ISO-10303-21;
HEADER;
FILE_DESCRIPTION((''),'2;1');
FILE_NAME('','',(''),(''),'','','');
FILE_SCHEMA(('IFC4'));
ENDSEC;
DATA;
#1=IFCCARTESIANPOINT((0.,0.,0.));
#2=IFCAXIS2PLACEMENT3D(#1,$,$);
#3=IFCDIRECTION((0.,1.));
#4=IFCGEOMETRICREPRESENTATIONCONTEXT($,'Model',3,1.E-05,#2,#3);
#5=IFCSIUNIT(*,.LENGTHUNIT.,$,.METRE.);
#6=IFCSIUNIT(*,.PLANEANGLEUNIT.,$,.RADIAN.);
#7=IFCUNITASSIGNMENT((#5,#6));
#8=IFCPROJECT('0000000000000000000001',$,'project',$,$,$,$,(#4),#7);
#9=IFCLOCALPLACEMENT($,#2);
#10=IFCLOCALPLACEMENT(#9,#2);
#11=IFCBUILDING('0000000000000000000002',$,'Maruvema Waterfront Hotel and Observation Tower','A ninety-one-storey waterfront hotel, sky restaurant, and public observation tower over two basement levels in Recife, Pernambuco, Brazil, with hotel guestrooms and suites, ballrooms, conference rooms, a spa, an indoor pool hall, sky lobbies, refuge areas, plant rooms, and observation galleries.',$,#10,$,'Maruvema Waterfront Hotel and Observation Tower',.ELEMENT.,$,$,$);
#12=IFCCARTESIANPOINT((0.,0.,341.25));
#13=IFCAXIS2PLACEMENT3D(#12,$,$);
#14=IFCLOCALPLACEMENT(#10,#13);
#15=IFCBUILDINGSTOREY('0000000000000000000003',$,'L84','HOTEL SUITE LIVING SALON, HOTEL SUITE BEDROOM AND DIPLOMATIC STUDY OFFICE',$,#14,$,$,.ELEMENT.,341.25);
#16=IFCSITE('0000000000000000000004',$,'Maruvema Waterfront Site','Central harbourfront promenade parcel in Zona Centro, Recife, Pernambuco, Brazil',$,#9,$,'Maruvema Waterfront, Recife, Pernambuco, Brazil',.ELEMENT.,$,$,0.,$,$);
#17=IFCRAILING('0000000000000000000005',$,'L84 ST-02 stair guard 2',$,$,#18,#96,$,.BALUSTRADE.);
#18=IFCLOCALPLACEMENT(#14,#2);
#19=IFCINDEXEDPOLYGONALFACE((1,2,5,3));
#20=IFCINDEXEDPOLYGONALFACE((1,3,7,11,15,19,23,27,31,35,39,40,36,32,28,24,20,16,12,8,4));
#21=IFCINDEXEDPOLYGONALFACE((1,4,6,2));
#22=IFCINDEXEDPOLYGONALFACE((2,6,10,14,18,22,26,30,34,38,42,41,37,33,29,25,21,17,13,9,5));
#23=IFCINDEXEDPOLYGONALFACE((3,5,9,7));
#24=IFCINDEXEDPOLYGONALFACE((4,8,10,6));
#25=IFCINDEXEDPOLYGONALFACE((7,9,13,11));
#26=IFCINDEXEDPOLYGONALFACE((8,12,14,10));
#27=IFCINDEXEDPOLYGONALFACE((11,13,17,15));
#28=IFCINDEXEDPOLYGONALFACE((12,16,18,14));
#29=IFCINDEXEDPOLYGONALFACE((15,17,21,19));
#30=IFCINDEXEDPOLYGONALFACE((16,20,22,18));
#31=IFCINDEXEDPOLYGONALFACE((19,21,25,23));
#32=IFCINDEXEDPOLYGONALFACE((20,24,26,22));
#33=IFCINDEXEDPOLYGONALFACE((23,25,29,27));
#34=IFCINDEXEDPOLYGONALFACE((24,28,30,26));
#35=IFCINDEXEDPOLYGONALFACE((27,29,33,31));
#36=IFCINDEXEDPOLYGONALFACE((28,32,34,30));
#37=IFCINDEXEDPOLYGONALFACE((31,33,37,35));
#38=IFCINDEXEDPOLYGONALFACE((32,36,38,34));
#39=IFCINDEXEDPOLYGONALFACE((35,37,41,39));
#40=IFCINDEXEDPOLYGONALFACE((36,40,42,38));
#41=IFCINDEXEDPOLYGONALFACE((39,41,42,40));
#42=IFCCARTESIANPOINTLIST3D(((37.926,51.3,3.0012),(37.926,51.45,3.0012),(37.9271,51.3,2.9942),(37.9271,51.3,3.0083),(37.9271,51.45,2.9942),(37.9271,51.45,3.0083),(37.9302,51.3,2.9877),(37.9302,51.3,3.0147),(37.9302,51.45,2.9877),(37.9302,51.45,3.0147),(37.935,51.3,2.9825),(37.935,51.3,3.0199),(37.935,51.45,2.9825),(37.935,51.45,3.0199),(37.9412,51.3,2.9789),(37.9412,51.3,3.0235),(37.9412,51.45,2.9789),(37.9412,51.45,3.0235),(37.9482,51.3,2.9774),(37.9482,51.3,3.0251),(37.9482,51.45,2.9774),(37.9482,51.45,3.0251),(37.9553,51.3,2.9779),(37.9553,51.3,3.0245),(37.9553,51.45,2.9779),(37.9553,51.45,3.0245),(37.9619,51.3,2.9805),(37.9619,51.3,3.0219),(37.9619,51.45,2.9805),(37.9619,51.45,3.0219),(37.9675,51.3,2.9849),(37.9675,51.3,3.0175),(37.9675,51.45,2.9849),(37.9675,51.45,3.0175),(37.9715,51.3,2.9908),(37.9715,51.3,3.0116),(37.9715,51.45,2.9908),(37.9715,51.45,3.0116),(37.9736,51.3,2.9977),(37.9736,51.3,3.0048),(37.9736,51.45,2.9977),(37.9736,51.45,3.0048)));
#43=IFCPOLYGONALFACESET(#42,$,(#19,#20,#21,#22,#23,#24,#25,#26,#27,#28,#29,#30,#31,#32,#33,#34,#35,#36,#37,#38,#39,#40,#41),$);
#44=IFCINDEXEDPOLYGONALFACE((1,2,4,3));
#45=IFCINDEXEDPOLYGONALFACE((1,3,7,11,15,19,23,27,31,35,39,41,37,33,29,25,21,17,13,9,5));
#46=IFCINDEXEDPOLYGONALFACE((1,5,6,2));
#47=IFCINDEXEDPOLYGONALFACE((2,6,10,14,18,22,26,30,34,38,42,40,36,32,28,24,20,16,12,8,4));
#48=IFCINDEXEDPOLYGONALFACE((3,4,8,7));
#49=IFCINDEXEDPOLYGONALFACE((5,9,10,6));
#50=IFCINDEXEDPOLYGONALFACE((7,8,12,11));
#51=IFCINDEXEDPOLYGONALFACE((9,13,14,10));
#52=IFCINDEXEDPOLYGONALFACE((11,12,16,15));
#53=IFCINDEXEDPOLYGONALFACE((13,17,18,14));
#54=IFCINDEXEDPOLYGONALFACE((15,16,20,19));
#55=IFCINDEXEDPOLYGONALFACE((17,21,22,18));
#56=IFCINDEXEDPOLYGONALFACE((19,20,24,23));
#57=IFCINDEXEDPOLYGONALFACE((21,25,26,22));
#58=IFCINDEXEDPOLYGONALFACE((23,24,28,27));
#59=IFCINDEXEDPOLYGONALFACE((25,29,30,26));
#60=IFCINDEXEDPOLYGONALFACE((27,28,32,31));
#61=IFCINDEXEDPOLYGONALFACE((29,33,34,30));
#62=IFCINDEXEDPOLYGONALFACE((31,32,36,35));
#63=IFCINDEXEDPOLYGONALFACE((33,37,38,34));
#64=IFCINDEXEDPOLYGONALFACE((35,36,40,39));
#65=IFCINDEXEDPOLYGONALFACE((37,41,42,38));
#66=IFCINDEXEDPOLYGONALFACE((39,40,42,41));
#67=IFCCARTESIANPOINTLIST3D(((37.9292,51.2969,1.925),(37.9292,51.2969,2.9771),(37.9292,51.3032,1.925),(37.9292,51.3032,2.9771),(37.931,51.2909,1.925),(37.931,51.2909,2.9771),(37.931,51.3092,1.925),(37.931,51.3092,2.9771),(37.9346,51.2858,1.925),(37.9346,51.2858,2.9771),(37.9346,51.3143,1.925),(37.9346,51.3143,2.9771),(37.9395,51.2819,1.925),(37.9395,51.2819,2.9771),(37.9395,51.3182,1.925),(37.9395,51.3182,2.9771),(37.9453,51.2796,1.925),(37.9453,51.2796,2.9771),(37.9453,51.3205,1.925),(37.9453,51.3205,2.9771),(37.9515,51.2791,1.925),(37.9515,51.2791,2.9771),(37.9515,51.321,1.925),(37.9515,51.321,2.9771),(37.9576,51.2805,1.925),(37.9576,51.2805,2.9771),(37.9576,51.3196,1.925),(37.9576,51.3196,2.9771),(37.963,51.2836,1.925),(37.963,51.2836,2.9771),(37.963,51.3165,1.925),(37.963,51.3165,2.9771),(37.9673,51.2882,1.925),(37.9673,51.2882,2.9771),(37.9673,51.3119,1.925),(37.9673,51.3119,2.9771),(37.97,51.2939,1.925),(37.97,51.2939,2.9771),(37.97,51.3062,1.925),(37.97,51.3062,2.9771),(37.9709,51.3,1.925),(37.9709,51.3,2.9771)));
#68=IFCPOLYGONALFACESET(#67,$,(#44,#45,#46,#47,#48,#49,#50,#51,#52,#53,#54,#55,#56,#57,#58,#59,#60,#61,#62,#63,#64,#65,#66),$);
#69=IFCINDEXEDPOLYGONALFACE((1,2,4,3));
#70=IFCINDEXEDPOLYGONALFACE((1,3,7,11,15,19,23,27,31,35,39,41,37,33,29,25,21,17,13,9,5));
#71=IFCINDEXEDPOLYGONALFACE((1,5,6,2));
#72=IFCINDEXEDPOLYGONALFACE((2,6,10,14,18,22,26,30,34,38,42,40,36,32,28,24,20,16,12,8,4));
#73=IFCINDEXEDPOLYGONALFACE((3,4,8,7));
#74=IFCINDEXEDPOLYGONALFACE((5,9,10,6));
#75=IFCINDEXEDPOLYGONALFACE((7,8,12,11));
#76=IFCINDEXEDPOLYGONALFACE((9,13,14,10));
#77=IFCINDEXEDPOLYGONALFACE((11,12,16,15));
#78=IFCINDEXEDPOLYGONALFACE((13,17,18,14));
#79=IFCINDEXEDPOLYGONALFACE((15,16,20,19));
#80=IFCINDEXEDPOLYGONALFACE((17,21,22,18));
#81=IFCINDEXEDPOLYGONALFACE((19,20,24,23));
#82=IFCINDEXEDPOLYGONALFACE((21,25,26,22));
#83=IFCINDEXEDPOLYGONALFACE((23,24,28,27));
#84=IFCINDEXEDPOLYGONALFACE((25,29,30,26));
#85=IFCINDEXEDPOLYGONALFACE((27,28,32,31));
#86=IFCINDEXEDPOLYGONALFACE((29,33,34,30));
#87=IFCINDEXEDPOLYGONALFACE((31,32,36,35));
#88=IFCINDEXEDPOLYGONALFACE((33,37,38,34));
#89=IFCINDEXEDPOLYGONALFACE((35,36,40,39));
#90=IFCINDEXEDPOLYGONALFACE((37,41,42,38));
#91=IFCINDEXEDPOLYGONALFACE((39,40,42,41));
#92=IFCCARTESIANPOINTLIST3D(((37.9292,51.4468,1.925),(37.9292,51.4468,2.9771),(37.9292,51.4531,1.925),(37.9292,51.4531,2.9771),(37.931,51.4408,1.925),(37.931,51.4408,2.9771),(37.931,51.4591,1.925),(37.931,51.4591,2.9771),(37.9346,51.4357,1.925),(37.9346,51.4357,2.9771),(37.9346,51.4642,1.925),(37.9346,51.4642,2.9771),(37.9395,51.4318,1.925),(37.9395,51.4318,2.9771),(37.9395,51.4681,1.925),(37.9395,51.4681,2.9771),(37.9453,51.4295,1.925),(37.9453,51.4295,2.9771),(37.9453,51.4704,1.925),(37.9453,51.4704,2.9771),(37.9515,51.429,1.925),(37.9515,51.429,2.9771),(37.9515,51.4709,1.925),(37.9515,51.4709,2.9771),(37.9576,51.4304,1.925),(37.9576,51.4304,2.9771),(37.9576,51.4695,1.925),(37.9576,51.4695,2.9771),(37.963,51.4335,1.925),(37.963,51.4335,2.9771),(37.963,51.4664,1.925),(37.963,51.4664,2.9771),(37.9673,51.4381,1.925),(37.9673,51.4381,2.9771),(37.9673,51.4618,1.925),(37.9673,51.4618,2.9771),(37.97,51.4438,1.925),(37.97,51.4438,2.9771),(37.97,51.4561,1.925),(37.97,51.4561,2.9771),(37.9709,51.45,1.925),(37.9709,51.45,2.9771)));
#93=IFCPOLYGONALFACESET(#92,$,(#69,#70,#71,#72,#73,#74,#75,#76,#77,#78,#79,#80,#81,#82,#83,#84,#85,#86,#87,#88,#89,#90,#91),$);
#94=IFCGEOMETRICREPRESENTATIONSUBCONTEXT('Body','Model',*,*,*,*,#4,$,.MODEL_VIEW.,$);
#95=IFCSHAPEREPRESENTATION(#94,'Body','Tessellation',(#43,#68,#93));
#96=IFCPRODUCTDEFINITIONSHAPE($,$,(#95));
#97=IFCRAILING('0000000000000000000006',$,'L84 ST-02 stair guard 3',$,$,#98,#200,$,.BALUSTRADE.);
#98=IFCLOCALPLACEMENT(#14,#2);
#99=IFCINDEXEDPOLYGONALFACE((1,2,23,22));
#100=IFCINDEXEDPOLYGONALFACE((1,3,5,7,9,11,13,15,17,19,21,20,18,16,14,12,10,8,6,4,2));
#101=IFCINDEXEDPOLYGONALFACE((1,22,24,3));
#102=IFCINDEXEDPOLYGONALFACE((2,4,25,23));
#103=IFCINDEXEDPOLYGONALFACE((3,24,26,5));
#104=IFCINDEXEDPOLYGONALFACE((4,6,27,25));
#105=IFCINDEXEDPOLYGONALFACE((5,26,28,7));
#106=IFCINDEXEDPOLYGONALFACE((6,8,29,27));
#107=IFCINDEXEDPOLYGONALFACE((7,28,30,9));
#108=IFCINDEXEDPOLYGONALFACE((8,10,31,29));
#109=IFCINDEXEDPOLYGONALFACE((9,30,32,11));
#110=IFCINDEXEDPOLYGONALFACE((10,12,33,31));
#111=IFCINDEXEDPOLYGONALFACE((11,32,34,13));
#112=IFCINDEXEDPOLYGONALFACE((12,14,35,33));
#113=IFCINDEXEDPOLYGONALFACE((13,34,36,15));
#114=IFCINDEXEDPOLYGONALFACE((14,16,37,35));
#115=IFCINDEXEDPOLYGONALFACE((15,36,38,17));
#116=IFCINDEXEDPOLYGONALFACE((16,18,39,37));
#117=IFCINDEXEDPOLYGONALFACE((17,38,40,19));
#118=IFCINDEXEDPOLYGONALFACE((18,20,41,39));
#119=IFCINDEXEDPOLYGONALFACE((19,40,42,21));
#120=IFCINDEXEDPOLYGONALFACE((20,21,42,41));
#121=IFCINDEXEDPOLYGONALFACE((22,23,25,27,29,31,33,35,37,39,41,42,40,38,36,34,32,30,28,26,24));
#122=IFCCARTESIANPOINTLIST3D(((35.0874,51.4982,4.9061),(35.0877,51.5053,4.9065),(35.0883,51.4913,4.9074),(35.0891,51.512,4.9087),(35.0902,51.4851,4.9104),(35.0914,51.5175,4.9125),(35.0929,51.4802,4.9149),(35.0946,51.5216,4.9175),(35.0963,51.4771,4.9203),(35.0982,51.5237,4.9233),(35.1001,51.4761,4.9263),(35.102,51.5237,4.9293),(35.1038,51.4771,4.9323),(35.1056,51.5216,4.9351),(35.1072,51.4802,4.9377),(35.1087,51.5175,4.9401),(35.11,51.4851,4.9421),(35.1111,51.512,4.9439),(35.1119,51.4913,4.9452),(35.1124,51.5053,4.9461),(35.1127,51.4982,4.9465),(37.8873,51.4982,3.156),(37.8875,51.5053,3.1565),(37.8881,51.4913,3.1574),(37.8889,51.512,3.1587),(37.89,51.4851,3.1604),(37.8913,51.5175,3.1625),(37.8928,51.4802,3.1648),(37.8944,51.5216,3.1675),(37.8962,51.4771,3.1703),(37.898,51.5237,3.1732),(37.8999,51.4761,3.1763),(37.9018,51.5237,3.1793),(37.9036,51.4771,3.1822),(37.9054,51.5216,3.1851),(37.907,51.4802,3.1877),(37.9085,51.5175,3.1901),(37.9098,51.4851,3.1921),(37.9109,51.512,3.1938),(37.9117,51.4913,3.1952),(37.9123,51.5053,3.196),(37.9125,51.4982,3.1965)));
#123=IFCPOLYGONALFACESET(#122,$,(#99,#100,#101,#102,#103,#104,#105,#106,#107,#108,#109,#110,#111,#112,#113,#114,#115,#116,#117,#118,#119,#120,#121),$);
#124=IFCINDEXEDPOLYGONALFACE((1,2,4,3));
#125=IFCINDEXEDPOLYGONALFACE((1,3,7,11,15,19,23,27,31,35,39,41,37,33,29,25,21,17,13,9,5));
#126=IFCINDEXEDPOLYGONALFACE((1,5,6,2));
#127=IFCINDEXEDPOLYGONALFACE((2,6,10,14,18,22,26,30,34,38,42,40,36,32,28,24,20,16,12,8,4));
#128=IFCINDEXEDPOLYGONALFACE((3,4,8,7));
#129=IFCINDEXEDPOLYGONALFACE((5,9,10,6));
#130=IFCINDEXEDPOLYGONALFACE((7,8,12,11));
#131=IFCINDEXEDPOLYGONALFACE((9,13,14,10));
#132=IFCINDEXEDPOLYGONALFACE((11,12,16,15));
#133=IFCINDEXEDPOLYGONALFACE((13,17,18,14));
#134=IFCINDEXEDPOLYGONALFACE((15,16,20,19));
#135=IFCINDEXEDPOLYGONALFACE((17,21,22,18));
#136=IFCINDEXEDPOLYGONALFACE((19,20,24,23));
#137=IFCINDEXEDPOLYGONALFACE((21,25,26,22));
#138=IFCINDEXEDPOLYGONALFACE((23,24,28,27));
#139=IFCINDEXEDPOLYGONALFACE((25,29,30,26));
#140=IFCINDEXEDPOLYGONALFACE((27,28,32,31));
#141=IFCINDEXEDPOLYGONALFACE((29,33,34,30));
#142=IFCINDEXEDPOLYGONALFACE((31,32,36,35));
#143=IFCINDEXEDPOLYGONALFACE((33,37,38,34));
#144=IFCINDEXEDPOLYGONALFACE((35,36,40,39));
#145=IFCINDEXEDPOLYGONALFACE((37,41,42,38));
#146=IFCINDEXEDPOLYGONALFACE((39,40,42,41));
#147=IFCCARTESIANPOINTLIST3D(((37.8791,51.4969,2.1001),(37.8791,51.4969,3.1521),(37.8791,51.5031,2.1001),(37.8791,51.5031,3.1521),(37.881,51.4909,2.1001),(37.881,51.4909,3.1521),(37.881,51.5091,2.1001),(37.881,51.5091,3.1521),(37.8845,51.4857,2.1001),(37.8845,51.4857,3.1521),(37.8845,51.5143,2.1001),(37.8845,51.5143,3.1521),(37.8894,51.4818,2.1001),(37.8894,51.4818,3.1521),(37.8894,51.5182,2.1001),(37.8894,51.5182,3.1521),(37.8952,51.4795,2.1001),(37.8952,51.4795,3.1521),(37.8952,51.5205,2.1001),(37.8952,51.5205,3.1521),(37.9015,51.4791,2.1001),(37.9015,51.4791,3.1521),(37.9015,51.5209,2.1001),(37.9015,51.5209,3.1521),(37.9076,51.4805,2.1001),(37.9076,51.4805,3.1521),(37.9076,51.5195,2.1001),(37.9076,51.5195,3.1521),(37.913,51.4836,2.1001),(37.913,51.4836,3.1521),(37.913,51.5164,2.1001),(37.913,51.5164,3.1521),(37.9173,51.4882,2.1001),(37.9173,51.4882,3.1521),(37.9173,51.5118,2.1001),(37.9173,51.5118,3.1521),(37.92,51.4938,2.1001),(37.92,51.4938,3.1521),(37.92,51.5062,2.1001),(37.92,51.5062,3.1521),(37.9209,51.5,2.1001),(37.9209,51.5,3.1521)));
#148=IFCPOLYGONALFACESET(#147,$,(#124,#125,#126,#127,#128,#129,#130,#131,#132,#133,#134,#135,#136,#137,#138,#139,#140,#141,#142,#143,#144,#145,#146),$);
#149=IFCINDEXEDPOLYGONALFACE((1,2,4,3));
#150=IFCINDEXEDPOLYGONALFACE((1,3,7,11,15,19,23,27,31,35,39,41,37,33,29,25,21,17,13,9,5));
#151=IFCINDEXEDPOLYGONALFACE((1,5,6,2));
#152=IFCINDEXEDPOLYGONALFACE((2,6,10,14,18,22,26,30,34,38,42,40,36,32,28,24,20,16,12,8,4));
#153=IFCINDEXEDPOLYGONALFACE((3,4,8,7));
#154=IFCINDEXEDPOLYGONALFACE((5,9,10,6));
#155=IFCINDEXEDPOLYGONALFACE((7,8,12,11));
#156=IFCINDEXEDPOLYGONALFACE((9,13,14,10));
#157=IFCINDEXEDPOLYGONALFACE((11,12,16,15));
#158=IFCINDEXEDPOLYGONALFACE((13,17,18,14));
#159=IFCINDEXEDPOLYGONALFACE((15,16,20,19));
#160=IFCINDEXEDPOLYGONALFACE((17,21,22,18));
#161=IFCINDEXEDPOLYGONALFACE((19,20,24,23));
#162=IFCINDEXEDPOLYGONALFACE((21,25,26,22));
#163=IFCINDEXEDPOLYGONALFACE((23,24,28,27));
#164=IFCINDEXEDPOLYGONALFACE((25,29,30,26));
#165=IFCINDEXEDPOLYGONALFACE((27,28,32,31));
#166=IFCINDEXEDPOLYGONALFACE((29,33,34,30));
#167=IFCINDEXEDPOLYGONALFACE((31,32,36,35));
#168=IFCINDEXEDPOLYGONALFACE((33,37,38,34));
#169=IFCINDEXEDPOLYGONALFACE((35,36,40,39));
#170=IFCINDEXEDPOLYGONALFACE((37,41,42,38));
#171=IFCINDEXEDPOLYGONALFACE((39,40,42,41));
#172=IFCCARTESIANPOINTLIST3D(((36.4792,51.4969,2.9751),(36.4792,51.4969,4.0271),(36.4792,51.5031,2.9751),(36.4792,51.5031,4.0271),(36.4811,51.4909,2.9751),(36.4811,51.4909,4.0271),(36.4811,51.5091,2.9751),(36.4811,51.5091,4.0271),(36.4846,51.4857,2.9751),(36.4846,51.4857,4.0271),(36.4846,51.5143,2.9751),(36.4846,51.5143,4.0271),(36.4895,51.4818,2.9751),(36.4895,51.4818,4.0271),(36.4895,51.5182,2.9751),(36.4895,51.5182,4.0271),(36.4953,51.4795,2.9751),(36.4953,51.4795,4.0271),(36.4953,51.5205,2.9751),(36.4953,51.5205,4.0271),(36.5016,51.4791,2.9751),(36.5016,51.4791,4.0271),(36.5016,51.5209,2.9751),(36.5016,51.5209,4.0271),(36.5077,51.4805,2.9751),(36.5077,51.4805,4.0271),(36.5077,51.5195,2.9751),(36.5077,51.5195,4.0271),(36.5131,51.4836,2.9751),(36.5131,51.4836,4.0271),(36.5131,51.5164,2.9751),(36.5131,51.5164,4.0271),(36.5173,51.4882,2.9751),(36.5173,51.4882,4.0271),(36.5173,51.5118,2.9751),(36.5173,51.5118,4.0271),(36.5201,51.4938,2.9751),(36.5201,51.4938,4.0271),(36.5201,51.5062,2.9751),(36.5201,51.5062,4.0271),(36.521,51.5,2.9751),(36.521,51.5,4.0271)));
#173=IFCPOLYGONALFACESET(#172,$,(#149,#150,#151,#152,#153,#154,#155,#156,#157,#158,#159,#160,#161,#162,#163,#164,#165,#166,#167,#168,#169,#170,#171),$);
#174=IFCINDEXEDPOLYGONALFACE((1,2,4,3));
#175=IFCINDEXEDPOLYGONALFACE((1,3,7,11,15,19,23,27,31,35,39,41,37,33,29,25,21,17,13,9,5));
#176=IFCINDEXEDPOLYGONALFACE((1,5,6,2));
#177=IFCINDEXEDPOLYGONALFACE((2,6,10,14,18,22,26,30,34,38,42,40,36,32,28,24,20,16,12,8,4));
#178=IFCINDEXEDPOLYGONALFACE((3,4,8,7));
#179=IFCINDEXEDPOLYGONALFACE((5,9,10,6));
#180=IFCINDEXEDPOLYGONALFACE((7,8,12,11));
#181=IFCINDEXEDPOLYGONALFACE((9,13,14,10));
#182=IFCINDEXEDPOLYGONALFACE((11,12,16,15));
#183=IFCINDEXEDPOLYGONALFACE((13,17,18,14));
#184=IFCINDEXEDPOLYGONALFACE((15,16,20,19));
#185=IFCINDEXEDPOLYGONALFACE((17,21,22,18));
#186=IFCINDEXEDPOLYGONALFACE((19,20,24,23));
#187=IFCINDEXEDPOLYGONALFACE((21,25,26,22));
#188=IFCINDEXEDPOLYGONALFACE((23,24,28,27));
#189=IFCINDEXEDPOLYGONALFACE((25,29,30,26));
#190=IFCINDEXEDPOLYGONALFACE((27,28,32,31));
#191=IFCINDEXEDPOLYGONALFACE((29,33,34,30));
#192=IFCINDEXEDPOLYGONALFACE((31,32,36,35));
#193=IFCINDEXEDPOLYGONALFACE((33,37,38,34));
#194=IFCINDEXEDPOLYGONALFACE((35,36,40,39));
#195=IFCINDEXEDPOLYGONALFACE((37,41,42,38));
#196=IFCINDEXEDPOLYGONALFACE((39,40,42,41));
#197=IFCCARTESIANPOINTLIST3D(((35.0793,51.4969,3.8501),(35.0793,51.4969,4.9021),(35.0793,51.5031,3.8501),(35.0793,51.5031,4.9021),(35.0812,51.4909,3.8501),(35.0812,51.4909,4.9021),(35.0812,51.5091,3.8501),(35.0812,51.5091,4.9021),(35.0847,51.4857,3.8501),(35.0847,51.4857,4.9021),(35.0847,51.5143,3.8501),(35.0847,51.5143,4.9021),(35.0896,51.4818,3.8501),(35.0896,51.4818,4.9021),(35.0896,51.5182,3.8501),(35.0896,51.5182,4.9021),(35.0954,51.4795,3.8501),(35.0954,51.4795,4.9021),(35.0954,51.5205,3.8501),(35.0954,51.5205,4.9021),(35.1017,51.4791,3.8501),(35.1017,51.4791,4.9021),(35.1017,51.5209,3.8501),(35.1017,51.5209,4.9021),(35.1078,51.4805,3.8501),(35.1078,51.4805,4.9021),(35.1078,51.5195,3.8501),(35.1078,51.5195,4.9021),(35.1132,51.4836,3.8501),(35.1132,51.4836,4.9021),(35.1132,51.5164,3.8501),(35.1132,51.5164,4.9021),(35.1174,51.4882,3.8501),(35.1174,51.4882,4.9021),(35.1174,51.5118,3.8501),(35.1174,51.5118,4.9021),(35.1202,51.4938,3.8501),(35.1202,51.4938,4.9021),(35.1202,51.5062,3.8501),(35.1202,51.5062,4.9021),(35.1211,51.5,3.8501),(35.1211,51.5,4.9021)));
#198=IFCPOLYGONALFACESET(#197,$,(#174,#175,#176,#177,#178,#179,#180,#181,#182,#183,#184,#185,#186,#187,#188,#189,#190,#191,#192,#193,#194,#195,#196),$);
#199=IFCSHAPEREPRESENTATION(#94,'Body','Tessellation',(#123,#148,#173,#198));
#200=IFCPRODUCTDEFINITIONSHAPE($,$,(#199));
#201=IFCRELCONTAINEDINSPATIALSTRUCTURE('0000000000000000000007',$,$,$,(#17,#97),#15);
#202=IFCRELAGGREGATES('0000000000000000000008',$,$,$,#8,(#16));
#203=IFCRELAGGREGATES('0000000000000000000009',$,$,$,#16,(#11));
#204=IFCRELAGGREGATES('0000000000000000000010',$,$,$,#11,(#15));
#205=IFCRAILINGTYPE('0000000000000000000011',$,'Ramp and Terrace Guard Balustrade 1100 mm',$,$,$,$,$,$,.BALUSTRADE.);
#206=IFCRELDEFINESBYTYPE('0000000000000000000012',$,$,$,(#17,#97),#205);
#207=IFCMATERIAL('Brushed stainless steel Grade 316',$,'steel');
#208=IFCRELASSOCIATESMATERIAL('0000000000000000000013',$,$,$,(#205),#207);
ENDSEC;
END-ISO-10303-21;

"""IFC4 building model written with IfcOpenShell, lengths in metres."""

from ifc_helpers import new_model, si_unit, direction, frame, origin, origin_2d, place, context, subcontext, project, spatial, circle, extrude, material, type_object, element, save


model = new_model("IFC4")

# Units and contexts
model_context = context("Model", 3, precision=1e-05, world=origin(), true_north=direction((0.0, 1.0)))
body_context = subcontext(model_context, "Body", "Model", "MODEL_VIEW")
ifc_project = project(units=[si_unit("LENGTHUNIT", "METRE"), si_unit("PLANEANGLEUNIT", "RADIAN")], contexts=[model_context])

# Site, building, storey
site_placement = place(None, origin())
site = spatial("IfcSite", under=ifc_project, at=site_placement, Name="Maruvema Waterfront Site", Description="Central harbourfront promenade parcel in Zona Centro, Recife, Pernambuco, Brazil", LongName="Maruvema Waterfront, Recife, Pernambuco, Brazil", CompositionType="ELEMENT", RefElevation=0.0)
building_placement = place(site_placement, origin())
building = spatial("IfcBuilding", under=site, at=building_placement, Name="Maruvema Waterfront Hotel and Observation Tower", Description="A ninety-one-storey waterfront hotel, sky restaurant, and public observation tower over two basement levels in Recife, Pernambuco, Brazil, with hotel guestrooms and suites, ballrooms, conference rooms, a spa, an indoor pool hall, sky lobbies, refuge areas, plant rooms, and observation galleries.", LongName="Maruvema Waterfront Hotel and Observation Tower", CompositionType="ELEMENT")
storey_placement = place(building_placement, frame((0.0, 0.0, 341.25)))
storey = spatial("IfcBuildingStorey", under=building, at=storey_placement, Name="L84", Description="HOTEL SUITE LIVING SALON, HOTEL SUITE BEDROOM AND DIPLOMATIC STUDY OFFICE", CompositionType="ELEMENT", Elevation=341.25)

# Railings
ifc_material_1 = material(Name="Brushed stainless steel Grade 316", Category="steel")
railing_type_1 = type_object("IfcRailingType", Name="Ramp and Terrace Guard Balustrade 1100 mm", PredefinedType="BALUSTRADE", material=ifc_material_1)
railing_1_placement = place(storey_placement, frame((37.95, 51.3, 1.925)))
element("IfcRailing", 1, at=railing_1_placement, inside=storey, type_object=railing_type_1, Name="L84 ST-02 stair guard 2", PredefinedType="BALUSTRADE", context=body_context, shape_type="SweptSolid", body=[
    extrude(circle(Radius=0.0239, at=origin_2d()), frame((0.0, 0.0, 1.0762), z_axis=(0.0, 1.0, 0.0), x_axis=(-1.0, 0.0, 0.0)), (0.0, 0.0, 1.0), 0.1499),
    extrude(circle(Radius=0.021, at=origin_2d()), origin(), (0.0, 0.0, 1.0), 1.052),
    extrude(circle(Radius=0.021, at=origin_2d()), frame((0.0, 0.1499, 0.0)), (0.0, 0.0, 1.0), 1.052),
])
railing_2_placement = place(storey_placement, frame((37.8999, 51.5, 2.1001)))
element("IfcRailing", 2, at=railing_2_placement, inside=storey, type_object=railing_type_1, Name="L84 ST-02 stair guard 3", PredefinedType="BALUSTRADE", context=body_context, shape_type="SweptSolid", body=[
    extrude(circle(Radius=0.0239, at=origin_2d()), frame((0.0, 0.0, 1.0762), z_axis=(-0.847982, 0.0, 0.530026), x_axis=(0.0, -1.0, 0.0)), (0.0, 0.0, 1.0), 3.3018),
    extrude(circle(Radius=0.021, at=origin_2d()), origin(), (0.0, 0.0, 1.0), 1.052),
    extrude(circle(Radius=0.021, at=origin_2d()), frame((-1.3999, 0.0, 0.875)), (0.0, 0.0, 1.0), 1.052),
    extrude(circle(Radius=0.021, at=origin_2d()), frame((-2.7998, 0.0, 1.75)), (0.0, 0.0, 1.0), 1.052),
])

save(model, "model.ifc")
